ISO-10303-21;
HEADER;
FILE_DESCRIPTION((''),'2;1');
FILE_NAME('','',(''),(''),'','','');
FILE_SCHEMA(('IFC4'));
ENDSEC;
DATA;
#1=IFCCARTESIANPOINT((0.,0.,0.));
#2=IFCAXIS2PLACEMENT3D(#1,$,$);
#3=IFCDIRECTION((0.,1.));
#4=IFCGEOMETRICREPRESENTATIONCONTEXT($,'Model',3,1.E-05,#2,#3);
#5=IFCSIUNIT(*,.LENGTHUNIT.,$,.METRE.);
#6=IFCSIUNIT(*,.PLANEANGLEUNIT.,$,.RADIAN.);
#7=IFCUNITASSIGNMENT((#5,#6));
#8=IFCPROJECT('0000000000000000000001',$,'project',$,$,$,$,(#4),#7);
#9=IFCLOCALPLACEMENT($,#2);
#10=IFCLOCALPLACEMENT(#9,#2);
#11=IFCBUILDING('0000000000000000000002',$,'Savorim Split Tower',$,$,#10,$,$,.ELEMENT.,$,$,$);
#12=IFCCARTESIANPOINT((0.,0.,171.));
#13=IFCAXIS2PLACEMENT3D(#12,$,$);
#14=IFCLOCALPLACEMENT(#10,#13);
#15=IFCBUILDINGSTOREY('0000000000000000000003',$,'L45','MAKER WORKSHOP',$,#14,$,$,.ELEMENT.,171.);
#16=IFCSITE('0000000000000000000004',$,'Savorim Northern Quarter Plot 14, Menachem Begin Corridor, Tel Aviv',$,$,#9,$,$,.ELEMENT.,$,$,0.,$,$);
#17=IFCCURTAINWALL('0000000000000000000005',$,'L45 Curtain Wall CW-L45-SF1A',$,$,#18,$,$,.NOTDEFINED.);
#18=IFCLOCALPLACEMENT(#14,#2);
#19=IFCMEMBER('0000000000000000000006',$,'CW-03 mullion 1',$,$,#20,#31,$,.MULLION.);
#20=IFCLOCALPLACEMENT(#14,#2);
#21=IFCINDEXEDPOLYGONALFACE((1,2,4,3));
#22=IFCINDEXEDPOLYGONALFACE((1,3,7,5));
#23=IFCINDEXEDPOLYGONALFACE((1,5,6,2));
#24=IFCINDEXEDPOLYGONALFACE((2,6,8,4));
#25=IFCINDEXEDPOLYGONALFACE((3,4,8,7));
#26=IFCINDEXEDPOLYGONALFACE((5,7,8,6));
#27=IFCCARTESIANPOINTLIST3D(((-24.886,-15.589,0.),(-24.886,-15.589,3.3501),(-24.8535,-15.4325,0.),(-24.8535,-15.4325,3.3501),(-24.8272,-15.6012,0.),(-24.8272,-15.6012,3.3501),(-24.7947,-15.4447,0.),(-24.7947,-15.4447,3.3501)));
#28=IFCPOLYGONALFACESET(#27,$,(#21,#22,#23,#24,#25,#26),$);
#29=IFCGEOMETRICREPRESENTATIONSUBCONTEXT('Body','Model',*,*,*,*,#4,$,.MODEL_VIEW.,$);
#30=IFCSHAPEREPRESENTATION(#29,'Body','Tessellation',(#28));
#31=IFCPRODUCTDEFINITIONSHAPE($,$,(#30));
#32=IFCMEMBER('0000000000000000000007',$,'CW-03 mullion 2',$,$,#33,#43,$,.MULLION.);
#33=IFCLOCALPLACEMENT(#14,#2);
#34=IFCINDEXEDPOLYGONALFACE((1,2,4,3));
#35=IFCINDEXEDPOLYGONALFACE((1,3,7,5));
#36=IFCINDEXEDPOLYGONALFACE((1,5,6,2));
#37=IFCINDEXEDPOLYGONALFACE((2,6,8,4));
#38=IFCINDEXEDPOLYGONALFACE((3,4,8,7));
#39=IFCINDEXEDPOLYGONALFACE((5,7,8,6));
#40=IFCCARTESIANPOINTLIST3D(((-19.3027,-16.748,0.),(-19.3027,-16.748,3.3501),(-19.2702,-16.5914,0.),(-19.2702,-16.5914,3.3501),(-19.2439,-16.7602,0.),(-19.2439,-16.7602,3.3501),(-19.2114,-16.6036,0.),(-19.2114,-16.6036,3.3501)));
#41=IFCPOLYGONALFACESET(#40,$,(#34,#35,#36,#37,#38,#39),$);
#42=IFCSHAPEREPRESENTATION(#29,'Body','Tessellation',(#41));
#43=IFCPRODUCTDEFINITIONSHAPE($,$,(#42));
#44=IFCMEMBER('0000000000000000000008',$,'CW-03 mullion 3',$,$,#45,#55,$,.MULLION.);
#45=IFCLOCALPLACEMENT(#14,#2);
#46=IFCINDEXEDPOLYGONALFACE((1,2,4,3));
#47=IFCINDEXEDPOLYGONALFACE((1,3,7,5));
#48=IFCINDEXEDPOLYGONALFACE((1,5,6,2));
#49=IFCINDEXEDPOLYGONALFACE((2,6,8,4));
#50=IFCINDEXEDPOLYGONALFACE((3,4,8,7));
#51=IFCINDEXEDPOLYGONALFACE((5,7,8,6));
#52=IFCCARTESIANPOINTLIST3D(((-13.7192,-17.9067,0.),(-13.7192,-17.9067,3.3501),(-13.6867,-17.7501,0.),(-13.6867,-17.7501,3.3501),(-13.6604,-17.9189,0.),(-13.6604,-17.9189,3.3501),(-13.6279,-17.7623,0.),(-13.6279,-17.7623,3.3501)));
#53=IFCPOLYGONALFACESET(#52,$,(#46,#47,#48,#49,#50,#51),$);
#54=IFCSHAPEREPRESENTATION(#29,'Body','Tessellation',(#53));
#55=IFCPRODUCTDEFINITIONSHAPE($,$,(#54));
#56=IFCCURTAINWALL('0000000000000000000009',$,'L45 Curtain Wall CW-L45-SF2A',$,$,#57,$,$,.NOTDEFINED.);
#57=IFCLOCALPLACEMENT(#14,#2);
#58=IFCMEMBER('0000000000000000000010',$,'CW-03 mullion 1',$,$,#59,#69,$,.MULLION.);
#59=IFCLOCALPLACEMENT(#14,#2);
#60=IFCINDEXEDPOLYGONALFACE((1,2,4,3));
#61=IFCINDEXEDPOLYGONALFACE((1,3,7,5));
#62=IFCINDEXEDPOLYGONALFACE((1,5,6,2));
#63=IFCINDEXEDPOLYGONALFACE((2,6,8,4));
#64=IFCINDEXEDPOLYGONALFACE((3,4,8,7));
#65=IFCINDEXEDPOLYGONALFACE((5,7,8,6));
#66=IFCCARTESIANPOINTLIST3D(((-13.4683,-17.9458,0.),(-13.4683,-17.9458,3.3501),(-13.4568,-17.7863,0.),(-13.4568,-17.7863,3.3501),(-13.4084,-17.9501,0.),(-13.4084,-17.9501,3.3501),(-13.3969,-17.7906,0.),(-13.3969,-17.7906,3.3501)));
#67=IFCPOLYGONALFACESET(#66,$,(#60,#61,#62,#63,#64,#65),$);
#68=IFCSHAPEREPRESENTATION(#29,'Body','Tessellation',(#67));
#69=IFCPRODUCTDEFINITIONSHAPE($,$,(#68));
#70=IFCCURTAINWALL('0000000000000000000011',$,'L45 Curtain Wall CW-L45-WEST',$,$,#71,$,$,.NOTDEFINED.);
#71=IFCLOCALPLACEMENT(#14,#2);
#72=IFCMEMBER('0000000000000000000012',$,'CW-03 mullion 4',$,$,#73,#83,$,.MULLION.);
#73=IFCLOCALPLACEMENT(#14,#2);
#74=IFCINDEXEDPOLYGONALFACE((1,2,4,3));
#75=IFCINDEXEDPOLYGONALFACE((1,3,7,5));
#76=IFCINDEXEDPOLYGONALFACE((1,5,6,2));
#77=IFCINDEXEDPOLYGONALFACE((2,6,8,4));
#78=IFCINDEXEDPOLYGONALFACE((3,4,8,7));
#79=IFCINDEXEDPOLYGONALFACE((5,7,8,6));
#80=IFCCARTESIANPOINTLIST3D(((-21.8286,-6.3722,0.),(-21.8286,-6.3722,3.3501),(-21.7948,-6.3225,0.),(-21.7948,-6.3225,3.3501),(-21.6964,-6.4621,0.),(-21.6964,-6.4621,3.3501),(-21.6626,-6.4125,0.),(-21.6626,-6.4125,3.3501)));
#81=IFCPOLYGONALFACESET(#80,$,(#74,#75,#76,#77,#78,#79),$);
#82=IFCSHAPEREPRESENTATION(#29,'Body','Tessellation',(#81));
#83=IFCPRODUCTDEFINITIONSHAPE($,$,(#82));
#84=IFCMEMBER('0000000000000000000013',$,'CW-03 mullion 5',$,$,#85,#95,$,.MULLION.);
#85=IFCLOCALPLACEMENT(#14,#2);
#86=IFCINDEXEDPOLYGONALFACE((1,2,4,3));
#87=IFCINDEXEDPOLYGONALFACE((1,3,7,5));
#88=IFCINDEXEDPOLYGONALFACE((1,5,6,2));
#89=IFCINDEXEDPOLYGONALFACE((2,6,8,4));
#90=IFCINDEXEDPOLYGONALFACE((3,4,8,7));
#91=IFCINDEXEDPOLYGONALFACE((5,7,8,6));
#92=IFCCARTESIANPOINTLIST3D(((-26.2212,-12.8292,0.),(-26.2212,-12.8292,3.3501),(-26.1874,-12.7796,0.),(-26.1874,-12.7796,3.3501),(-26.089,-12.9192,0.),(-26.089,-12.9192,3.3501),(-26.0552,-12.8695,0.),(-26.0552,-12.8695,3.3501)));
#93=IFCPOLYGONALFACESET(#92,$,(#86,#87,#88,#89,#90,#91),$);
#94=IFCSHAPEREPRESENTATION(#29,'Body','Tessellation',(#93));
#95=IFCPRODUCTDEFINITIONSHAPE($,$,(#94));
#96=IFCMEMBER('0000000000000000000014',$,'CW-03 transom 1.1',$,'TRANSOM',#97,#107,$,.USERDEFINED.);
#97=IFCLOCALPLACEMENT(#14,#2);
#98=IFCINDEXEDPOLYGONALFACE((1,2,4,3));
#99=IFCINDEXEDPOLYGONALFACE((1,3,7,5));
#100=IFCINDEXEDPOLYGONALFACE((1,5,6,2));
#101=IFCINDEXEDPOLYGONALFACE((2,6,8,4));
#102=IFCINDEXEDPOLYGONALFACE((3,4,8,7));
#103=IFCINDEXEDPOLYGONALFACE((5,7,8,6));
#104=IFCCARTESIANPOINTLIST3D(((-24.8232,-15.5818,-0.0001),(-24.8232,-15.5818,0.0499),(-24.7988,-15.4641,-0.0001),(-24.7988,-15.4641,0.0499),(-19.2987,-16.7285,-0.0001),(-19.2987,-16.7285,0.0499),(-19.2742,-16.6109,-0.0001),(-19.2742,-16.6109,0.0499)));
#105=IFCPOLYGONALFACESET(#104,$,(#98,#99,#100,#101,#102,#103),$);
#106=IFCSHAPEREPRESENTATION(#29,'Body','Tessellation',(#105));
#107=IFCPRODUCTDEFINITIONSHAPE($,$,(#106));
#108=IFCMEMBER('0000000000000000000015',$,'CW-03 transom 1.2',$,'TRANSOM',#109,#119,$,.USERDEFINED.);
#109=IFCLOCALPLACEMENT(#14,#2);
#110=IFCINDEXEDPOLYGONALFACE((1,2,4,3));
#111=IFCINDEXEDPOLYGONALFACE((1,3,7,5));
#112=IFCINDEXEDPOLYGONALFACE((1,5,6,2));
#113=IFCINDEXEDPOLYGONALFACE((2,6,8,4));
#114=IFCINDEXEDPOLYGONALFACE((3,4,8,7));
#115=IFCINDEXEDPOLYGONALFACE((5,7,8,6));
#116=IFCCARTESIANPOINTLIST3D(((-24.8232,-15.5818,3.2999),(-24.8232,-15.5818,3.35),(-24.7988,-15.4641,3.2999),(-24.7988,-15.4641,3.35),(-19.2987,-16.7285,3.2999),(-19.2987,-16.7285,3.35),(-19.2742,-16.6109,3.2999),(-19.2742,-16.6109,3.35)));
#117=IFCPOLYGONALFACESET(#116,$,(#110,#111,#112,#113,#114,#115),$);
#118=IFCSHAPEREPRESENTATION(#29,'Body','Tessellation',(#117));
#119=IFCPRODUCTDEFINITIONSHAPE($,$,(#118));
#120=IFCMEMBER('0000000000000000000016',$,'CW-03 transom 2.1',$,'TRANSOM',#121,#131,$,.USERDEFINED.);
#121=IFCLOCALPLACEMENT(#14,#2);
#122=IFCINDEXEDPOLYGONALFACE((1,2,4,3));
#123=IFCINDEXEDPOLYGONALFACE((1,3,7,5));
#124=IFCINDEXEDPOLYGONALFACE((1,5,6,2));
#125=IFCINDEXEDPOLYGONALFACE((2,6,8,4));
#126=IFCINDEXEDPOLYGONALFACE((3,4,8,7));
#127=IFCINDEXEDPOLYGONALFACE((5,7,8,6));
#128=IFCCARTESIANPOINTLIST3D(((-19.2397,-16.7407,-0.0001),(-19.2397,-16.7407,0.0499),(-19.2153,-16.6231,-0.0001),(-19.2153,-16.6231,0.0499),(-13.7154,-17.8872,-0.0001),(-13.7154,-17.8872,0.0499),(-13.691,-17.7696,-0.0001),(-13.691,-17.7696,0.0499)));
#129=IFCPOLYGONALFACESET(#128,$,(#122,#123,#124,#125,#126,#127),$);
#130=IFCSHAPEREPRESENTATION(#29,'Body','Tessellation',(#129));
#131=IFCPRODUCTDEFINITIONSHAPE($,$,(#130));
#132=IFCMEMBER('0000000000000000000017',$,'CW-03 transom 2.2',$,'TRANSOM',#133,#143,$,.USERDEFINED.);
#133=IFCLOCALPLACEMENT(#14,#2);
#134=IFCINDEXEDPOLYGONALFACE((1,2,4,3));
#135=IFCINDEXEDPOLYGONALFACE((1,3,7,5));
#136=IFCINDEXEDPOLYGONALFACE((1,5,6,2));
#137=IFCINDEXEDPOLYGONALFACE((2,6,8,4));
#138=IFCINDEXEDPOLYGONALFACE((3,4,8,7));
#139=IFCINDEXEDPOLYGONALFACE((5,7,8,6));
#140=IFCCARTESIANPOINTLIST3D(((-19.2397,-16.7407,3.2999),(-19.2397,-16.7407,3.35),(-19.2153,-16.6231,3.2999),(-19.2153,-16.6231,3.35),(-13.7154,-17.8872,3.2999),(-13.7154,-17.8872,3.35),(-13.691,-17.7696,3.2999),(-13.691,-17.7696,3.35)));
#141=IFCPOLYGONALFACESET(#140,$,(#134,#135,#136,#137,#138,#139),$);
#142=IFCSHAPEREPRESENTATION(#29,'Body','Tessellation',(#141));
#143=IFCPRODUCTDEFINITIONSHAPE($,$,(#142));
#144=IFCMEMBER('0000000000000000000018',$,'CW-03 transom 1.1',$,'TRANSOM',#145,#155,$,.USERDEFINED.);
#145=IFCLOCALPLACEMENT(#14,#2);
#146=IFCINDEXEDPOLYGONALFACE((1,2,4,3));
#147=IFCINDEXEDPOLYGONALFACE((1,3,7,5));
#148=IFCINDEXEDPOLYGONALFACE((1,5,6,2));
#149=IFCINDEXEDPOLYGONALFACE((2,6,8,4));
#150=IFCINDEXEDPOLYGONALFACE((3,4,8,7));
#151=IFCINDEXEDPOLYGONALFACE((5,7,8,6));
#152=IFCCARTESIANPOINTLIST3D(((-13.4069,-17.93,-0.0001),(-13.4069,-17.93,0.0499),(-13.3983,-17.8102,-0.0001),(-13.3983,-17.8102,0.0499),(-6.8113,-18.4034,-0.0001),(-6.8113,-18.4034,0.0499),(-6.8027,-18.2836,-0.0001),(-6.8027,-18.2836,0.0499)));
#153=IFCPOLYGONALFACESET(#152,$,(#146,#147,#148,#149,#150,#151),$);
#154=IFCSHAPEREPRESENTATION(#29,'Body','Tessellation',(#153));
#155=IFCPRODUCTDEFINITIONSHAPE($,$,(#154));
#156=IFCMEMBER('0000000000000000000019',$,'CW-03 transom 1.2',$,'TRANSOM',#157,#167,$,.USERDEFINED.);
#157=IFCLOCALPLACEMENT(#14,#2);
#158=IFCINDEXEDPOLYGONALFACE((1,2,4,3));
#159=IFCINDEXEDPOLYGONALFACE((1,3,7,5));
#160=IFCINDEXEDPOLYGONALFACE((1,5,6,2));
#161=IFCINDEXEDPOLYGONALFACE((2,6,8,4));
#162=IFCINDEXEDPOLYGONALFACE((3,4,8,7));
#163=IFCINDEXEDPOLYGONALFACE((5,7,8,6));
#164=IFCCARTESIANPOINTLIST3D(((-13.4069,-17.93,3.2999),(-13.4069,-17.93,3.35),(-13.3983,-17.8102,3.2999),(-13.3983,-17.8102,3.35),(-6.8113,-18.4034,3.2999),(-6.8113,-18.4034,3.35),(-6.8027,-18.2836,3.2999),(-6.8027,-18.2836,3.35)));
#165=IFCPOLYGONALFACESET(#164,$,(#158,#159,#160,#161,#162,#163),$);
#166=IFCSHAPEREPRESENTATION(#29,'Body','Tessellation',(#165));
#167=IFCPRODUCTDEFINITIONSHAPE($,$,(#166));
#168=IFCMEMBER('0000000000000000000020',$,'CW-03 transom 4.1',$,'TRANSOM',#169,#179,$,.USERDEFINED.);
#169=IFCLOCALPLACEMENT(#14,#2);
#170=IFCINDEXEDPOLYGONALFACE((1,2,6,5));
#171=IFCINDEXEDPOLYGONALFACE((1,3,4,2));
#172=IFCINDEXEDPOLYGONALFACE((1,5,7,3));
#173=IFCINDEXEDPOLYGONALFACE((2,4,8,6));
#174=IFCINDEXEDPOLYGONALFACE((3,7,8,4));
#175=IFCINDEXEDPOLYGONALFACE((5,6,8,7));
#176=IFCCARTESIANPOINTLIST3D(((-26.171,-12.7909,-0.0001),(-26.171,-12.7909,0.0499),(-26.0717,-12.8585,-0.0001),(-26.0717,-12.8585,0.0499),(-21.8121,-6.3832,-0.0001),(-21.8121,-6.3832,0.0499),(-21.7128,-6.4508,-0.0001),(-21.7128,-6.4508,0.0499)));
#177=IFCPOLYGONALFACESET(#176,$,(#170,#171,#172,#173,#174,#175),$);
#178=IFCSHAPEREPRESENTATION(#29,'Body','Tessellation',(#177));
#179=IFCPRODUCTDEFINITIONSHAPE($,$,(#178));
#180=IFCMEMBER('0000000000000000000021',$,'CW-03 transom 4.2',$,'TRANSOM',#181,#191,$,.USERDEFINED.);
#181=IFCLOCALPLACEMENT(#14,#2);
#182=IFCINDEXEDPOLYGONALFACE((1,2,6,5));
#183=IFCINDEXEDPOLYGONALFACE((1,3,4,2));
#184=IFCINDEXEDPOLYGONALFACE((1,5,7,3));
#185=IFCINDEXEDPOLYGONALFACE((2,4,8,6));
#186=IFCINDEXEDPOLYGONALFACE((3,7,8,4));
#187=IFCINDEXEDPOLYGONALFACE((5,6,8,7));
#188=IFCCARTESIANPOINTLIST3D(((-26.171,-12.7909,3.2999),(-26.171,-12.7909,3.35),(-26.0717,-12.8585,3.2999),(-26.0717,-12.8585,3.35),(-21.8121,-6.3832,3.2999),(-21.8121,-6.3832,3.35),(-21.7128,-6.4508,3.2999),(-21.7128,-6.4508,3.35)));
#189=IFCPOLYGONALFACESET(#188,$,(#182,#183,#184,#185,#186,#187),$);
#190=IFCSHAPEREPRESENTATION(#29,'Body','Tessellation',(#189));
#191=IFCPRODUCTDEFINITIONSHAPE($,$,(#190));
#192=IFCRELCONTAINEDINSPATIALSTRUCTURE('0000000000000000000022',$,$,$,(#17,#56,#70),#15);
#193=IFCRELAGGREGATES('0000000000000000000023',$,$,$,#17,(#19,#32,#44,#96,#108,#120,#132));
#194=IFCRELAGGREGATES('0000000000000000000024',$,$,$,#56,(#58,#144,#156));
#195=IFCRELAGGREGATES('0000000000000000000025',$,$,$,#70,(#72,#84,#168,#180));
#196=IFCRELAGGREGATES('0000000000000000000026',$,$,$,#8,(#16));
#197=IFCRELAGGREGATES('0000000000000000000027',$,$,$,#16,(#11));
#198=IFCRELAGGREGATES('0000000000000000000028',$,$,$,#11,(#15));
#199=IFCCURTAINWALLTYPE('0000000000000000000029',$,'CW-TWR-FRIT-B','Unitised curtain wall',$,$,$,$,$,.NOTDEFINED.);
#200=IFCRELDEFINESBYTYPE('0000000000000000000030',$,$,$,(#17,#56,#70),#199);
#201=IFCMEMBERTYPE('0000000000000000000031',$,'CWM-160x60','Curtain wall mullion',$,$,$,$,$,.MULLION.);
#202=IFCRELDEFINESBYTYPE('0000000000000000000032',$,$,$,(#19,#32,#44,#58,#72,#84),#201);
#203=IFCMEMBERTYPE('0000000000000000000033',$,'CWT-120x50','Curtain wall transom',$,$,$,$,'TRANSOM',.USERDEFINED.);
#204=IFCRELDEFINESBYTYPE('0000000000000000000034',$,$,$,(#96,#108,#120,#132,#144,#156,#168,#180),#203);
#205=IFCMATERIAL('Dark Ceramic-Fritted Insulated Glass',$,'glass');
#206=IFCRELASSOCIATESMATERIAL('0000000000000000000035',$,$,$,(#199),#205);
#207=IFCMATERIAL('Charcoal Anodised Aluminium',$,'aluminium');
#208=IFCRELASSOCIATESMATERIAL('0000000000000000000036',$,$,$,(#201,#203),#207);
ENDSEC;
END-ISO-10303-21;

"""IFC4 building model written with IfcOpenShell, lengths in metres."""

from ifc_helpers import new_model, si_unit, direction, frame, origin, origin_2d, place, context, subcontext, project, spatial, rectangle, extrude, material, material_profile, profile_set, type_object, element, aggregate, save


model = new_model("IFC4")

# Units and contexts
model_context = context("Model", 3, precision=1e-05, world=origin(), true_north=direction((0.0, 1.0)))
body_context = subcontext(model_context, "Body", "Model", "MODEL_VIEW")
ifc_project = project(units=[si_unit("LENGTHUNIT", "METRE"), si_unit("PLANEANGLEUNIT", "RADIAN")], contexts=[model_context])

# Site, building, storey
site_placement = place(None, origin())
site = spatial("IfcSite", under=ifc_project, at=site_placement, Name="Savorim Northern Quarter Plot 14, Menachem Begin Corridor, Tel Aviv", CompositionType="ELEMENT", RefElevation=0.0)
building_placement = place(site_placement, origin())
building = spatial("IfcBuilding", under=site, at=building_placement, Name="Savorim Split Tower", CompositionType="ELEMENT")
storey_placement = place(building_placement, frame((0.0, 0.0, 171.0)))
storey = spatial("IfcBuildingStorey", under=building, at=storey_placement, Name="L45", Description="MAKER WORKSHOP", CompositionType="ELEMENT", Elevation=171.0)

# Curtain wall, members
ifc_material_1 = material(Name="Dark Ceramic-Fritted Insulated Glass", Category="glass")
curtain_wall_type = type_object("IfcCurtainWallType", Name="CW-TWR-FRIT-B", Description="Unitised curtain wall", PredefinedType="NOTDEFINED", material=ifc_material_1)
curtain_wall_1_placement = place(storey_placement, origin())
curtain_wall_1 = element("IfcCurtainWall", 1, at=curtain_wall_1_placement, inside=storey, type_object=curtain_wall_type, Name="L45 Curtain Wall CW-L45-SF1A", PredefinedType="NOTDEFINED")
ifc_material_2 = material(Name="Charcoal Anodised Aluminium", Category="aluminium")
ifc_material_profile_1 = material_profile(ifc_material_2, rectangle(XDim=0.1599, YDim=0.0601, at=origin_2d()), Name="ALU-M 160x60")
ifc_profile_set_1 = profile_set([ifc_material_profile_1], Name="Charcoal Anodised Aluminium")
member_type_1 = type_object("IfcMemberType", Name="CWM-160x60", Description="Curtain wall mullion", PredefinedType="MULLION", material=ifc_profile_set_1)
member_1_placement = place(storey_placement, frame((-24.8403, -15.5168, 0.0), z_axis=(0.0, 0.0, 1.0), x_axis=(0.203216, 0.979134, 0.0)))
member_1 = element("IfcMember", 2, at=member_1_placement, type_object=member_type_1, Name="CW-03 mullion 1", PredefinedType="MULLION", context=body_context, shape_type="SweptSolid", body=[
    extrude(rectangle(XDim=0.1599, YDim=0.0601, at=origin_2d()), origin(), (0.0, 0.0, 1.0), 3.3501),
])
member_2_placement = place(storey_placement, frame((-19.2571, -16.6758, 0.0), z_axis=(0.0, 0.0, 1.0), x_axis=(0.203216, 0.979134, 0.0)))
member_2 = element("IfcMember", 3, at=member_2_placement, type_object=member_type_1, Name="CW-03 mullion 2", PredefinedType="MULLION", context=body_context, shape_type="SweptSolid", body=[
    extrude(rectangle(XDim=0.1599, YDim=0.0601, at=origin_2d()), origin(), (0.0, 0.0, 1.0), 3.3501),
])
member_3_placement = place(storey_placement, frame((-13.6736, -17.8345, 0.0), z_axis=(0.0, 0.0, 1.0), x_axis=(0.203216, 0.979134, 0.0)))
member_3 = element("IfcMember", 4, at=member_3_placement, type_object=member_type_1, Name="CW-03 mullion 3", PredefinedType="MULLION", context=body_context, shape_type="SweptSolid", body=[
    extrude(rectangle(XDim=0.1599, YDim=0.0601, at=origin_2d()), origin(), (0.0, 0.0, 1.0), 3.3501),
])

# Curtain wall, member
curtain_wall_2_placement = place(storey_placement, origin())
curtain_wall_2 = element("IfcCurtainWall", 5, at=curtain_wall_2_placement, inside=storey, type_object=curtain_wall_type, Name="L45 Curtain Wall CW-L45-SF2A", PredefinedType="NOTDEFINED")
member_4_placement = place(storey_placement, frame((-13.4326, -17.8682, 0.0), z_axis=(0.0, 0.0, 1.0), x_axis=(0.071559, 0.997436, 0.0)))
member_4 = element("IfcMember", 6, at=member_4_placement, type_object=member_type_1, Name="CW-03 mullion 1", PredefinedType="MULLION", context=body_context, shape_type="SweptSolid", body=[
    extrude(rectangle(XDim=0.1599, YDim=0.0601, at=origin_2d()), origin(), (0.0, 0.0, 1.0), 3.3501),
])

# Curtain wall, members
curtain_wall_3_placement = place(storey_placement, origin())
curtain_wall_3 = element("IfcCurtainWall", 7, at=curtain_wall_3_placement, inside=storey, type_object=curtain_wall_type, Name="L45 Curtain Wall CW-L45-WEST", PredefinedType="NOTDEFINED")
member_5_placement = place(storey_placement, frame((-21.7456, -6.3923, 0.0), z_axis=(0.0, 0.0, 1.0), x_axis=(0.826819, -0.562468, 0.0)))
member_5 = element("IfcMember", 8, at=member_5_placement, type_object=member_type_1, Name="CW-03 mullion 4", PredefinedType="MULLION", context=body_context, shape_type="SweptSolid", body=[
    extrude(rectangle(XDim=0.1599, YDim=0.0601, at=origin_2d()), origin(), (0.0, 0.0, 1.0), 3.3501),
])
member_6_placement = place(storey_placement, frame((-26.1382, -12.8494, 0.0), z_axis=(0.0, 0.0, 1.0), x_axis=(0.826819, -0.562468, 0.0)))
member_6 = element("IfcMember", 9, at=member_6_placement, type_object=member_type_1, Name="CW-03 mullion 5", PredefinedType="MULLION", context=body_context, shape_type="SweptSolid", body=[
    extrude(rectangle(XDim=0.1599, YDim=0.0601, at=origin_2d()), origin(), (0.0, 0.0, 1.0), 3.3501),
])

# Members
ifc_material_profile_2 = material_profile(ifc_material_2, rectangle(XDim=0.1201, YDim=0.05, at=origin_2d()), Name="ALU-T 120x50")
ifc_profile_set_2 = profile_set([ifc_material_profile_2], Name="Charcoal Anodised Aluminium")
member_type_2 = type_object("IfcMemberType", Name="CWT-120x50", Description="Curtain wall transom", ElementType="TRANSOM", PredefinedType="USERDEFINED", material=ifc_profile_set_2)
member_7_placement = place(storey_placement, frame((-24.811, -15.5229, 0.0249), z_axis=(0.97913, -0.203234, 0.0), x_axis=(0.203234, 0.97913, 0.0)))
member_7 = element("IfcMember", 10, at=member_7_placement, type_object=member_type_2, Name="CW-03 transom 1.1", ObjectType="TRANSOM", PredefinedType="USERDEFINED", context=body_context, shape_type="SweptSolid", body=[
    extrude(rectangle(XDim=0.1201, YDim=0.05, at=origin_2d()), origin(), (0.0, 0.0, 1.0), 5.6423),
])
member_8_placement = place(storey_placement, frame((-24.811, -15.5229, 3.325), z_axis=(0.97913, -0.203234, 0.0), x_axis=(0.203234, 0.97913, 0.0)))
member_8 = element("IfcMember", 11, at=member_8_placement, type_object=member_type_2, Name="CW-03 transom 1.2", ObjectType="TRANSOM", PredefinedType="USERDEFINED", context=body_context, shape_type="SweptSolid", body=[
    extrude(rectangle(XDim=0.1201, YDim=0.05, at=origin_2d()), origin(), (0.0, 0.0, 1.0), 5.6423),
])
member_9_placement = place(storey_placement, frame((-19.2275, -16.6819, 0.0249), z_axis=(0.979137, -0.203201, 0.0), x_axis=(0.203201, 0.979137, 0.0)))
member_9 = element("IfcMember", 12, at=member_9_placement, type_object=member_type_2, Name="CW-03 transom 2.1", ObjectType="TRANSOM", PredefinedType="USERDEFINED", context=body_context, shape_type="SweptSolid", body=[
    extrude(rectangle(XDim=0.1201, YDim=0.05, at=origin_2d()), origin(), (0.0, 0.0, 1.0), 5.6421),
])
member_10_placement = place(storey_placement, frame((-19.2275, -16.6819, 3.325), z_axis=(0.979137, -0.203201, 0.0), x_axis=(0.203201, 0.979137, 0.0)))
member_10 = element("IfcMember", 13, at=member_10_placement, type_object=member_type_2, Name="CW-03 transom 2.2", ObjectType="TRANSOM", PredefinedType="USERDEFINED", context=body_context, shape_type="SweptSolid", body=[
    extrude(rectangle(XDim=0.1201, YDim=0.05, at=origin_2d()), origin(), (0.0, 0.0, 1.0), 5.6421),
])
member_11_placement = place(storey_placement, frame((-13.4026, -17.8701, 0.0249), z_axis=(0.997434, -0.071588, 0.0), x_axis=(0.071588, 0.997434, 0.0)))
member_11 = element("IfcMember", 14, at=member_11_placement, type_object=member_type_2, Name="CW-03 transom 1.1", ObjectType="TRANSOM", PredefinedType="USERDEFINED", context=body_context, shape_type="SweptSolid", body=[
    extrude(rectangle(XDim=0.1201, YDim=0.05, at=origin_2d()), origin(), (0.0, 0.0, 1.0), 6.6125),
])
member_12_placement = place(storey_placement, frame((-13.4026, -17.8701, 3.325), z_axis=(0.997434, -0.071588, 0.0), x_axis=(0.071588, 0.997434, 0.0)))
member_12 = element("IfcMember", 15, at=member_12_placement, type_object=member_type_2, Name="CW-03 transom 1.2", ObjectType="TRANSOM", PredefinedType="USERDEFINED", context=body_context, shape_type="SweptSolid", body=[
    extrude(rectangle(XDim=0.1201, YDim=0.05, at=origin_2d()), origin(), (0.0, 0.0, 1.0), 6.6125),
])
member_13_placement = place(storey_placement, frame((-21.7625, -6.417, 0.0249), z_axis=(-0.562455, -0.826828, 0.0), x_axis=(0.826828, -0.562455, 0.0)))
member_13 = element("IfcMember", 16, at=member_13_placement, type_object=member_type_2, Name="CW-03 transom 4.1", ObjectType="TRANSOM", PredefinedType="USERDEFINED", context=body_context, shape_type="SweptSolid", body=[
    extrude(rectangle(XDim=0.1201, YDim=0.05, at=origin_2d()), origin(), (0.0, 0.0, 1.0), 7.7498),
])
member_14_placement = place(storey_placement, frame((-21.7625, -6.417, 3.325), z_axis=(-0.562455, -0.826828, 0.0), x_axis=(0.826828, -0.562455, 0.0)))
member_14 = element("IfcMember", 17, at=member_14_placement, type_object=member_type_2, Name="CW-03 transom 4.2", ObjectType="TRANSOM", PredefinedType="USERDEFINED", context=body_context, shape_type="SweptSolid", body=[
    extrude(rectangle(XDim=0.1201, YDim=0.05, at=origin_2d()), origin(), (0.0, 0.0, 1.0), 7.7498),
])

aggregate(curtain_wall_1, [member_1, member_2, member_3, member_7, member_8, member_9, member_10])
aggregate(curtain_wall_2, [member_4, member_11, member_12])
aggregate(curtain_wall_3, [member_5, member_6, member_13, member_14])

save(model, "model.ifc")
